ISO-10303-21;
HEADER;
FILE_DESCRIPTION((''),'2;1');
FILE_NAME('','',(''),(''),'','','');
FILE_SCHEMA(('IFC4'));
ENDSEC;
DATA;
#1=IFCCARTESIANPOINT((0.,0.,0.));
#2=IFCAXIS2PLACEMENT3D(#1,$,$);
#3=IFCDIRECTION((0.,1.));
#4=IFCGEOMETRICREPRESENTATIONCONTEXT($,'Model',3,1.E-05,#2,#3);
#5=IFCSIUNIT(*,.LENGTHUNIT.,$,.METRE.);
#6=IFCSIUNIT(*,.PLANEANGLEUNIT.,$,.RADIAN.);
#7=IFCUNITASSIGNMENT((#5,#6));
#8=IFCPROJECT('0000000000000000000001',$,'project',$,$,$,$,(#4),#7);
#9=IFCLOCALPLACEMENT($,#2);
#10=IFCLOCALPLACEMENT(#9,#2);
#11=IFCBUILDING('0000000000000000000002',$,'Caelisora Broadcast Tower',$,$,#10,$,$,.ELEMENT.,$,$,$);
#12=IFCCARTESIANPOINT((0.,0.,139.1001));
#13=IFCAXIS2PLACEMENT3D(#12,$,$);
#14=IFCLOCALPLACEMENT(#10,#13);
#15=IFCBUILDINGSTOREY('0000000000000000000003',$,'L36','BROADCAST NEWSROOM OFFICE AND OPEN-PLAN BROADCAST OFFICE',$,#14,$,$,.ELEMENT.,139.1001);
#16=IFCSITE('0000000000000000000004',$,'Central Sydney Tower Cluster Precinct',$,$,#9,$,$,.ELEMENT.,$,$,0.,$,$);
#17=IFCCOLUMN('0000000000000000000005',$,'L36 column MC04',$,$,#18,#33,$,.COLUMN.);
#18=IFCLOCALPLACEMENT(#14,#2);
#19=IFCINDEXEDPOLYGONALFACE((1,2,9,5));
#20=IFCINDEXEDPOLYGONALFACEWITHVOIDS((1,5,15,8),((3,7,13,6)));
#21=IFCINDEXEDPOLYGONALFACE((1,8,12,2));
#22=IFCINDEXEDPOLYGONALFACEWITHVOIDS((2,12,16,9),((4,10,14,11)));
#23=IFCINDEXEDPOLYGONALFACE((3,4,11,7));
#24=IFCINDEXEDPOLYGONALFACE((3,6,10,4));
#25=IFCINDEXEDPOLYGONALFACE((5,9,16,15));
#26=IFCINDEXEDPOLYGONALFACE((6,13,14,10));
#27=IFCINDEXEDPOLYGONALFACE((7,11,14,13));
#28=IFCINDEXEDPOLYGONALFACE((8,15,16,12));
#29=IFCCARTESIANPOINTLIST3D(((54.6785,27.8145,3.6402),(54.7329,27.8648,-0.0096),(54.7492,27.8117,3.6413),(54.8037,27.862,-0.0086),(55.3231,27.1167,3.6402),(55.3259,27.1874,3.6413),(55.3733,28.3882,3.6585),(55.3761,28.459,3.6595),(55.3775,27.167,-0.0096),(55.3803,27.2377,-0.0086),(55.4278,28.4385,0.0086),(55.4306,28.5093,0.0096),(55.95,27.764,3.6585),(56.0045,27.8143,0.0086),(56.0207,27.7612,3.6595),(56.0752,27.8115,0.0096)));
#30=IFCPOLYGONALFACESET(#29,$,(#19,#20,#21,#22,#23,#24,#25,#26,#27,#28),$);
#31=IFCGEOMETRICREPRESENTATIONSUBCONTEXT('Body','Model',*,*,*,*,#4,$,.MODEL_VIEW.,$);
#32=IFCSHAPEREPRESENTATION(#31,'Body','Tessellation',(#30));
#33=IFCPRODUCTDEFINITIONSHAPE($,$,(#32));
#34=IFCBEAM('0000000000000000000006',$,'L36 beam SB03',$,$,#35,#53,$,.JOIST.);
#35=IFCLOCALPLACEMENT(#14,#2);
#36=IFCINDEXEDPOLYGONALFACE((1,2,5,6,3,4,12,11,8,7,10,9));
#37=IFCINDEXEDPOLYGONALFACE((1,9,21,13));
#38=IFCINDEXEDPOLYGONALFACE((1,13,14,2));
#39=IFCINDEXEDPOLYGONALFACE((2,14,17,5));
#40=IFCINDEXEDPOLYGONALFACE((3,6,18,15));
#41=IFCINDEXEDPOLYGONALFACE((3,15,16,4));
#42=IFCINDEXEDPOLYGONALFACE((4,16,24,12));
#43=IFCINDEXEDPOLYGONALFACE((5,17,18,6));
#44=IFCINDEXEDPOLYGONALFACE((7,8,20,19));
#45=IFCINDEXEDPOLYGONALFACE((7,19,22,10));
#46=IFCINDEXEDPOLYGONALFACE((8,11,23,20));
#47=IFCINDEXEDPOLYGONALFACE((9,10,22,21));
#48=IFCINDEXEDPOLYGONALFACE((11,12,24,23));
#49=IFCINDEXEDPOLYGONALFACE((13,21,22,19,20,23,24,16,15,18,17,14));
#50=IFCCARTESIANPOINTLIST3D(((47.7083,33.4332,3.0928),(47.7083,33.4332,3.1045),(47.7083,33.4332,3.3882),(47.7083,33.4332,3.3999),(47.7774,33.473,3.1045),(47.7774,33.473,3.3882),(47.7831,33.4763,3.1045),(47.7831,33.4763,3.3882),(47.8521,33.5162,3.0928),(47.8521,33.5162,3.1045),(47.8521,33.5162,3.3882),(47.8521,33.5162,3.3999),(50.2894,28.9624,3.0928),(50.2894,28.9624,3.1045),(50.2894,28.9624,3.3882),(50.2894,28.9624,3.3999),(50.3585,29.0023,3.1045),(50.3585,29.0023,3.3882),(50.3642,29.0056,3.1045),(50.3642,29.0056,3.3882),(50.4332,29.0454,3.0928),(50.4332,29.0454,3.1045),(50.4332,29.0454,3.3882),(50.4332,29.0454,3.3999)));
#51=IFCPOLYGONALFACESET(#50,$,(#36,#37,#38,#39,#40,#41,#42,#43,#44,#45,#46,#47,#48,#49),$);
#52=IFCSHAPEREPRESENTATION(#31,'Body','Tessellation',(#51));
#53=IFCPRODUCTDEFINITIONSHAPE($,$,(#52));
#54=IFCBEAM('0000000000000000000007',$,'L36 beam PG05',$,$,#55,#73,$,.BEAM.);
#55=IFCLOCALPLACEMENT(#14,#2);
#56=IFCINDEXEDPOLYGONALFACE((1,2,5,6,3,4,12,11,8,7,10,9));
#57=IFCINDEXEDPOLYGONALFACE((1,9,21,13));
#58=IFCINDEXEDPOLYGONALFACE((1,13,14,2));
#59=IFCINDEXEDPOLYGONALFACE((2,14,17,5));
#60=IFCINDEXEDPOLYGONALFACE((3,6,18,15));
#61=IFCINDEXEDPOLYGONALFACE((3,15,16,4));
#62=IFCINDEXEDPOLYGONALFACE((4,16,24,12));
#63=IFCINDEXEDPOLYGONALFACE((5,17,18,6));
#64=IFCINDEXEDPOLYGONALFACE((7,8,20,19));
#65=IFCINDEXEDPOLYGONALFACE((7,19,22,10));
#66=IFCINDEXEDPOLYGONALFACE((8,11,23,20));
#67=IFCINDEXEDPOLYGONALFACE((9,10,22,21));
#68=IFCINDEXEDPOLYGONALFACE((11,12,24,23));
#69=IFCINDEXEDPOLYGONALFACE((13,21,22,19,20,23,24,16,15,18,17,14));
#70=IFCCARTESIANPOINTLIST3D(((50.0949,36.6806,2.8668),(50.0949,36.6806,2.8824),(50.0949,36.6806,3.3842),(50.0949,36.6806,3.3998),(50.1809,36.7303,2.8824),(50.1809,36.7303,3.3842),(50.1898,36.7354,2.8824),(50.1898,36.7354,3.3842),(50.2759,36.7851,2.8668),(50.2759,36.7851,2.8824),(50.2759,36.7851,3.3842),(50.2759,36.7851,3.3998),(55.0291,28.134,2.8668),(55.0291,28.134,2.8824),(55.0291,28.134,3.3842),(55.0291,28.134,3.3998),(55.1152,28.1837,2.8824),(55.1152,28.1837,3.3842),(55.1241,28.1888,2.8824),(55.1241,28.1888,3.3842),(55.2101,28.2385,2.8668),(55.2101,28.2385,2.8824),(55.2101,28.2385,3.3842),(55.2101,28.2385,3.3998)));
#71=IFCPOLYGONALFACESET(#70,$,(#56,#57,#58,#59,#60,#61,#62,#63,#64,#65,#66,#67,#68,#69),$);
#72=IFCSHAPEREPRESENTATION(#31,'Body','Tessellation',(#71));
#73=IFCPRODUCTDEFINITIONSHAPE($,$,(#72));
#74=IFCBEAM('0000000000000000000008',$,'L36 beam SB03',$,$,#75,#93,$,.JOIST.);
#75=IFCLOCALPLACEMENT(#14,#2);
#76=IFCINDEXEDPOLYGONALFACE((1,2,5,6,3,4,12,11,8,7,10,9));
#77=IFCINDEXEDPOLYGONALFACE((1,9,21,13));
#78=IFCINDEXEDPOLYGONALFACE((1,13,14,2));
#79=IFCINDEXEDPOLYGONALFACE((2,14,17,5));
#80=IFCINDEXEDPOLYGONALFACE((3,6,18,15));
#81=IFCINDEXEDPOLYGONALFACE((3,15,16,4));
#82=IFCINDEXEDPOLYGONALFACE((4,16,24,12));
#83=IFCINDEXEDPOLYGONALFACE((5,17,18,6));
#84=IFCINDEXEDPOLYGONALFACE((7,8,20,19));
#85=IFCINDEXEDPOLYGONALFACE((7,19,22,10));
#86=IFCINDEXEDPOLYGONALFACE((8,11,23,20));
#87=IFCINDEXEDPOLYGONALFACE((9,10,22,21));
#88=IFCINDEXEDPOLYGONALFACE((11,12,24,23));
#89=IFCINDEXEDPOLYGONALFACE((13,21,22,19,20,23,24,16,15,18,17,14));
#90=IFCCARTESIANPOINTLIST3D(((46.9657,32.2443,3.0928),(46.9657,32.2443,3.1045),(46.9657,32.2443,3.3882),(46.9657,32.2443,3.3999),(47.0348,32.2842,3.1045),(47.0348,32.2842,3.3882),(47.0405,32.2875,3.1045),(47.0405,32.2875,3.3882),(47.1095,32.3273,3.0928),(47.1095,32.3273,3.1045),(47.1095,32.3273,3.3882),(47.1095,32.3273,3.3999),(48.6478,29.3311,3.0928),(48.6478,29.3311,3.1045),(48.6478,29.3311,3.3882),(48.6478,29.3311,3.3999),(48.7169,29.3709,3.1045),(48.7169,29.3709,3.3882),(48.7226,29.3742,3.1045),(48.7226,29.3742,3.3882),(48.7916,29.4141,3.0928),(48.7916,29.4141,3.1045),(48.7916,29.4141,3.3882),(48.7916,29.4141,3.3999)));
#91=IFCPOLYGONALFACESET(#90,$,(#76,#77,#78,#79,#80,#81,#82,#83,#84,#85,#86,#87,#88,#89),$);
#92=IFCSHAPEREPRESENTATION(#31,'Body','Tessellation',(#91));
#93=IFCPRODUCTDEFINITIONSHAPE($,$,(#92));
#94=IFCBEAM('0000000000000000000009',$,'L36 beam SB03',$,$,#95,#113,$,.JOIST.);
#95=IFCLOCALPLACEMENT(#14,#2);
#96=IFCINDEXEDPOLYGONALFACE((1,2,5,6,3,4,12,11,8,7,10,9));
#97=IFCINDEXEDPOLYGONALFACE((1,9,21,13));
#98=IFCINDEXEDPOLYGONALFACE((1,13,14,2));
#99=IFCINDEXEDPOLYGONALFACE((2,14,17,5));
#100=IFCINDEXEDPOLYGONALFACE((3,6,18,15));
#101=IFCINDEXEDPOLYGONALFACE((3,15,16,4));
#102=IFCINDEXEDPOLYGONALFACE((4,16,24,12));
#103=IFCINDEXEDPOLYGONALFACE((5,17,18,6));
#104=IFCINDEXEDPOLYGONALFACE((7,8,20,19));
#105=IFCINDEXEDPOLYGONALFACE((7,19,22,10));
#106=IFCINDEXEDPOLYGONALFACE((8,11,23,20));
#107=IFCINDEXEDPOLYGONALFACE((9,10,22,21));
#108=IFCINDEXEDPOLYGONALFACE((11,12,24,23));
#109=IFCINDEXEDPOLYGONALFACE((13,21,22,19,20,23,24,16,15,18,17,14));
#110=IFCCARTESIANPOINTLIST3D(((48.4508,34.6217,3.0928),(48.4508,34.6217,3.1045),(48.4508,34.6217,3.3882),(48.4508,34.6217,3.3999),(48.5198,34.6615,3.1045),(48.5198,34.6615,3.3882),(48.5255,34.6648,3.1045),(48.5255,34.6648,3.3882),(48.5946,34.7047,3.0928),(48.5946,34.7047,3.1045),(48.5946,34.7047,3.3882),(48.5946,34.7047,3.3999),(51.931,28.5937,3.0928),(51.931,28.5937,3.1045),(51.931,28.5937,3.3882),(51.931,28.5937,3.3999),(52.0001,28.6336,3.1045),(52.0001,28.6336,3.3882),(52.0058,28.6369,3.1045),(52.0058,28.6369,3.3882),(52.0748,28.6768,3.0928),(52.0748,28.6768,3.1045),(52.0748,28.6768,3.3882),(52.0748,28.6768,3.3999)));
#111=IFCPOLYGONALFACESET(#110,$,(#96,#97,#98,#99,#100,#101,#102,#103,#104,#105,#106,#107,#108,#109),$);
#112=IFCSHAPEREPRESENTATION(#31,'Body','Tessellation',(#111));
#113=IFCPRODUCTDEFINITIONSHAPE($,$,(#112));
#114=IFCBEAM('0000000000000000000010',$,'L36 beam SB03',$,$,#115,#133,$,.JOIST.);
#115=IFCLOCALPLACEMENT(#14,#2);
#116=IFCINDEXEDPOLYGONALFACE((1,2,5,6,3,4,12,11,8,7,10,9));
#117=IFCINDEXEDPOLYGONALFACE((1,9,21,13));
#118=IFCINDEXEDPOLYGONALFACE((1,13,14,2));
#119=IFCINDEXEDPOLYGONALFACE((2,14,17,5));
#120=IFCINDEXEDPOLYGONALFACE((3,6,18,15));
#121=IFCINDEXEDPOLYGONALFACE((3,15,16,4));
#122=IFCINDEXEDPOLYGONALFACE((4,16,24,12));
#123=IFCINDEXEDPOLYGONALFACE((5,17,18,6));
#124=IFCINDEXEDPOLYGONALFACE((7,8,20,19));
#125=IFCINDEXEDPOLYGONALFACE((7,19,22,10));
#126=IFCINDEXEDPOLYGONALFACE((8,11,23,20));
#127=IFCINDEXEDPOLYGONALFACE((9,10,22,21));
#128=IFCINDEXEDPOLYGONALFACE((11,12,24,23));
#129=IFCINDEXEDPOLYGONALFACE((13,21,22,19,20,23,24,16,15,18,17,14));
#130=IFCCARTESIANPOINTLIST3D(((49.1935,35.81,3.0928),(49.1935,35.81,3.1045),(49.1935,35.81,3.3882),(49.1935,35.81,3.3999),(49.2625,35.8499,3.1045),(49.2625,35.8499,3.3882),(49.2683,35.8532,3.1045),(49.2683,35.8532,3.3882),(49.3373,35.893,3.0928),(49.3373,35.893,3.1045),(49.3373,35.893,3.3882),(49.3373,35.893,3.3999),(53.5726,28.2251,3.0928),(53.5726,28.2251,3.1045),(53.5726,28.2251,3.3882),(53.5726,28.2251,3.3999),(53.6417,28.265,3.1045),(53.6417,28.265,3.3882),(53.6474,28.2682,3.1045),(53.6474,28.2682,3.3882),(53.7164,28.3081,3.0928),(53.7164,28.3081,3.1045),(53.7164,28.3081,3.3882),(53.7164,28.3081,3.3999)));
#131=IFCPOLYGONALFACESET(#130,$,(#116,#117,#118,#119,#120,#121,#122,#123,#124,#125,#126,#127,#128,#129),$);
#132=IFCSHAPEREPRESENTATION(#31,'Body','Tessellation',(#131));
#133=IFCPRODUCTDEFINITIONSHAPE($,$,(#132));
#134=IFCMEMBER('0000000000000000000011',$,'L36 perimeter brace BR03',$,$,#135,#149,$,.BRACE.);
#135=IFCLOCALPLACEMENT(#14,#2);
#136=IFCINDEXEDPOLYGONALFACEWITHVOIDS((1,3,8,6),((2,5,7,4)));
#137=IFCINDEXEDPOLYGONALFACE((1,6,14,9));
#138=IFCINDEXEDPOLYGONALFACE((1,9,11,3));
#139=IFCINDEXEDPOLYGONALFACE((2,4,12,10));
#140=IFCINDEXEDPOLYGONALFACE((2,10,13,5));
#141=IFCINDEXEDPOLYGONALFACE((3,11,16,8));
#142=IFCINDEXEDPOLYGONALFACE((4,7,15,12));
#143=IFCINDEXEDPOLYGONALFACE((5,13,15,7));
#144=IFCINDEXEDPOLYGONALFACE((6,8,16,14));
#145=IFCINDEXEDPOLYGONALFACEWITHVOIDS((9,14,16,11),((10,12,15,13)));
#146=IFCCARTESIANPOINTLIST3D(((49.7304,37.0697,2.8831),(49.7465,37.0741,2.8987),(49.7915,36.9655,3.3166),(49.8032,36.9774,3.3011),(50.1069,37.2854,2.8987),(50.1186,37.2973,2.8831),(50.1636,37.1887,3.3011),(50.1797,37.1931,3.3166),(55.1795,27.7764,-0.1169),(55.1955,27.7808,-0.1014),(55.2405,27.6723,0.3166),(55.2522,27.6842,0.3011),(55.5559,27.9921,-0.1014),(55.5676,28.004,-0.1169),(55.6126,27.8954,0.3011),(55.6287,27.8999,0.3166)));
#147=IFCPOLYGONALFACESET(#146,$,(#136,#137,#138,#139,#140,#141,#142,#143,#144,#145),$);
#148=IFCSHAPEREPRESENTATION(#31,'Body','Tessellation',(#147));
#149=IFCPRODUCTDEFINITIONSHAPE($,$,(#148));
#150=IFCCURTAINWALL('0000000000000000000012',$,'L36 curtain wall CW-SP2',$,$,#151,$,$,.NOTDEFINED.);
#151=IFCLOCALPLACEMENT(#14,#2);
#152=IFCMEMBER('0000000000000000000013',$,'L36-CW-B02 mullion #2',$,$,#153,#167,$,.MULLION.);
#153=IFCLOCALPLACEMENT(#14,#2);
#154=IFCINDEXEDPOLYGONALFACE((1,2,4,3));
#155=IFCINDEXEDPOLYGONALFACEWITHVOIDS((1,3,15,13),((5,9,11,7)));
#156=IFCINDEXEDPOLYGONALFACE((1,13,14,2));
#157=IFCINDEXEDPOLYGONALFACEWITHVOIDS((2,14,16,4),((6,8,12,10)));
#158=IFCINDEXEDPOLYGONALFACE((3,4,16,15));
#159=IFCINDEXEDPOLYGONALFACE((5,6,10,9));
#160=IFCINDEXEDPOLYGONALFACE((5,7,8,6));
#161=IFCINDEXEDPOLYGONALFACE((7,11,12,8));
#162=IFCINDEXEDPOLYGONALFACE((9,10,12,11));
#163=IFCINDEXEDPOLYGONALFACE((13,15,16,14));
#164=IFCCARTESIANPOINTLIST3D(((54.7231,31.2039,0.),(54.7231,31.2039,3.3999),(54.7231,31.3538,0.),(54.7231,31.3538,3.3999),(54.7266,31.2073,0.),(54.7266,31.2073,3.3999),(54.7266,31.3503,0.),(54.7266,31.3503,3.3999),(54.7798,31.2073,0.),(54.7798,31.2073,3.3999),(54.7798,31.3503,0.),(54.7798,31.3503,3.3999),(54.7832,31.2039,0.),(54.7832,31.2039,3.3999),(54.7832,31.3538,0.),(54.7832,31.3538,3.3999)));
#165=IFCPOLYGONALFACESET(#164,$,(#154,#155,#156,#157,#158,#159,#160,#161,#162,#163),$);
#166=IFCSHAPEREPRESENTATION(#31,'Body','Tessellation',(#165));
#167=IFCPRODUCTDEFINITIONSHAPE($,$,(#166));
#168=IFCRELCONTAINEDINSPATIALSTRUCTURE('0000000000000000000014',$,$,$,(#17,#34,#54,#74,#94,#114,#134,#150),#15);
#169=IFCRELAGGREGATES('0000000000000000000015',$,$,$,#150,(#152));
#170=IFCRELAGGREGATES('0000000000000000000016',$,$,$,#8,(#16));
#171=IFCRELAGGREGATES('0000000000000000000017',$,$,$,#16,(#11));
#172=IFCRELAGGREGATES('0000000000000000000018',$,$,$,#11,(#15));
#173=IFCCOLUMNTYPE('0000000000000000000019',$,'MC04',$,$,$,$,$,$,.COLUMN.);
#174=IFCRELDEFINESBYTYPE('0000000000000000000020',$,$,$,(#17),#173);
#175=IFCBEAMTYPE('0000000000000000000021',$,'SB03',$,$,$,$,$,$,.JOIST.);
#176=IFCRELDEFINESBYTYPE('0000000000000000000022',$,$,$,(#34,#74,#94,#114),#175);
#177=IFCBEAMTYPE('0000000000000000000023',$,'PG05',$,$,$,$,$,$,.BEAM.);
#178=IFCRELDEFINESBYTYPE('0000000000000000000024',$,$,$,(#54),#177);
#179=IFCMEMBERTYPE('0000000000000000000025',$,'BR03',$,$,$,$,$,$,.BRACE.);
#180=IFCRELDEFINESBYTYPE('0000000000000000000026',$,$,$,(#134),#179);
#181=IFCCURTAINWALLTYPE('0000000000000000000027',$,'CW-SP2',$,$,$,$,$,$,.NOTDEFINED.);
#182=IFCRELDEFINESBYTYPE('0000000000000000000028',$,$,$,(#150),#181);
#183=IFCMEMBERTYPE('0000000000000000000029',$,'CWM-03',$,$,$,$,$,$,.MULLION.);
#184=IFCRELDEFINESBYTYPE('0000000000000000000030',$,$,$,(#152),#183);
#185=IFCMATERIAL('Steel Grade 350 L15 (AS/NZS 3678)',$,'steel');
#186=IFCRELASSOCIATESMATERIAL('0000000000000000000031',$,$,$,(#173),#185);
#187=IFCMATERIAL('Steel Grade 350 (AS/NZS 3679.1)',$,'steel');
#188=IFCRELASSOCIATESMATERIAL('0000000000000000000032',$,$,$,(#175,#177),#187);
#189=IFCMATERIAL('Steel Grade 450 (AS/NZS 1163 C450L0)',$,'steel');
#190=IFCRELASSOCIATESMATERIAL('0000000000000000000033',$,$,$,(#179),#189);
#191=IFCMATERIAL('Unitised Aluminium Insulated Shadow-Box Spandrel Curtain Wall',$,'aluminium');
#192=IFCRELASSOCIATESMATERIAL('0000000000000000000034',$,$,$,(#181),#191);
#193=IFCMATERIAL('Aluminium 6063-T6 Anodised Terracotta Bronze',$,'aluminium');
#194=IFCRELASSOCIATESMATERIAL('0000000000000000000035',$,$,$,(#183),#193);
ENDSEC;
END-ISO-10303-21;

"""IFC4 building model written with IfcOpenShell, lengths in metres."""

from ifc_helpers import new_model, si_unit, direction, frame, origin, origin_2d, place, context, subcontext, project, spatial, hollow_rectangle, i_section, extrude, source, transform, mapped, material, material_profile, profile_set, type_object, type_shapes, element, aggregate, save


model = new_model("IFC4")

# Units and contexts
model_context = context("Model", 3, precision=1e-05, world=origin(), true_north=direction((0.0, 1.0)))
body_context = subcontext(model_context, "Body", "Model", "MODEL_VIEW")
ifc_project = project(units=[si_unit("LENGTHUNIT", "METRE"), si_unit("PLANEANGLEUNIT", "RADIAN")], contexts=[model_context])

# Site, building, storey
site_placement = place(None, origin())
site = spatial("IfcSite", under=ifc_project, at=site_placement, Name="Central Sydney Tower Cluster Precinct", CompositionType="ELEMENT", RefElevation=0.0)
building_placement = place(site_placement, origin())
building = spatial("IfcBuilding", under=site, at=building_placement, Name="Caelisora Broadcast Tower", CompositionType="ELEMENT")
storey_placement = place(building_placement, frame((0.0, 0.0, 139.1001)))
storey = spatial("IfcBuildingStorey", under=building, at=storey_placement, Name="L36", Description="BROADCAST NEWSROOM OFFICE AND OPEN-PLAN BROADCAST OFFICE", CompositionType="ELEMENT", Elevation=139.1001)

# Column
ifc_material_1 = material(Name="Steel Grade 350 L15 (AS/NZS 3678)", Category="steel")
ifc_material_profile_1 = material_profile(ifc_material_1, hollow_rectangle(XDim=0.95, YDim=0.95, WallThickness=0.05, at=origin_2d()), Name="Steel Grade 350 L15 (AS/NZS 3678)")
ifc_profile_set_1 = profile_set([ifc_material_profile_1], Name="Steel Grade 350 L15 (AS/NZS 3678)")
column_type = type_object("IfcColumnType", Name="MC04", PredefinedType="COLUMN", material=ifc_profile_set_1)
shared_shape_1 = source(origin(), body_context, "Body", "SweptSolid", [
    extrude(hollow_rectangle(XDim=0.95, YDim=0.95, WallThickness=0.05, at=origin_2d()), origin(), (0.0, 0.0, 1.0), 3.6506),
])
type_shapes(column_type, [shared_shape_1])
column_placement = place(storey_placement, frame((55.4041, 27.8381, 0.0), z_axis=(-0.014913, -0.013776, 0.999794), x_axis=(0.678554, -0.734551, 0.0)))
element("IfcColumn", 1, at=column_placement, inside=storey, type_object=column_type, Name="L36 column MC04", PredefinedType="COLUMN", context=body_context, shape_type="MappedRepresentation", body=[
    mapped(shared_shape_1, transform((0.0, 0.0, 0.0), scale=1.0)),
])

# Beams
ifc_material_2 = material(Name="Steel Grade 350 (AS/NZS 3679.1)", Category="steel")
ifc_material_profile_2 = material_profile(ifc_material_2, i_section(OverallWidth=0.166, OverallDepth=0.3071, WebThickness=0.0066, FlangeThickness=0.0117, at=origin_2d()), Name="Steel Grade 350 (AS/NZS 3679.1)")
ifc_profile_set_2 = profile_set([ifc_material_profile_2], Name="Steel Grade 350 (AS/NZS 3679.1)")
beam_type_1 = type_object("IfcBeamType", Name="SB03", PredefinedType="JOIST", material=ifc_profile_set_2)
shared_shape_2 = source(origin(), body_context, "Body", "SweptSolid", [
    extrude(i_section(OverallWidth=0.166, OverallDepth=0.3071, WebThickness=0.0066, FlangeThickness=0.0117, at=origin_2d()), origin(), (0.0, 0.0, 1.0), 5.1624),
])
beam_1_placement = place(storey_placement, frame((50.3613, 29.0039, 3.2463), z_axis=(-0.499984, 0.866034, 0.0), x_axis=(-0.866034, -0.499984, 0.0)))
element("IfcBeam", 2, at=beam_1_placement, inside=storey, type_object=beam_type_1, Name="L36 beam SB03", PredefinedType="JOIST", context=body_context, shape_type="MappedRepresentation", body=[
    mapped(shared_shape_2, transform((0.0, 0.0, 0.0), scale=1.0)),
])
ifc_material_profile_3 = material_profile(ifc_material_2, i_section(OverallWidth=0.209, OverallDepth=0.533, WebThickness=0.0103, FlangeThickness=0.0156, at=origin_2d()), Name="Steel Grade 350 (AS/NZS 3679.1)")
ifc_profile_set_3 = profile_set([ifc_material_profile_3], Name="Steel Grade 350 (AS/NZS 3679.1)")
beam_type_2 = type_object("IfcBeamType", Name="PG05", PredefinedType="BEAM", material=ifc_profile_set_3)
shared_shape_3 = source(origin(), body_context, "Body", "SweptSolid", [
    extrude(i_section(OverallWidth=0.209, OverallDepth=0.533, WebThickness=0.0103, FlangeThickness=0.0156, at=origin_2d()), origin(), (0.0, 0.0, 1.0), 9.8687),
])
type_shapes(beam_type_2, [shared_shape_3])
beam_2_placement = place(storey_placement, frame((55.1196, 28.1863, 3.1333), z_axis=(-0.499994, 0.866029, 0.0), x_axis=(-0.866029, -0.499994, 0.0)))
element("IfcBeam", 3, at=beam_2_placement, inside=storey, type_object=beam_type_2, Name="L36 beam PG05", PredefinedType="BEAM", context=body_context, shape_type="MappedRepresentation", body=[
    mapped(shared_shape_3, transform((0.0, 0.0, 0.0), scale=1.0)),
])
shared_shape_4 = source(origin(), body_context, "Body", "SweptSolid", [
    extrude(i_section(OverallWidth=0.166, OverallDepth=0.3071, WebThickness=0.0066, FlangeThickness=0.0117, at=origin_2d()), origin(), (0.0, 0.0, 1.0), 3.364),
])
beam_3_placement = place(storey_placement, frame((48.7197, 29.3726, 3.2463), z_axis=(-0.500026, 0.86601, 0.0), x_axis=(-0.86601, -0.500026, 0.0)))
element("IfcBeam", 4, at=beam_3_placement, inside=storey, type_object=beam_type_1, Name="L36 beam SB03", PredefinedType="JOIST", context=body_context, shape_type="MappedRepresentation", body=[
    mapped(shared_shape_4, transform((0.0, 0.0, 0.0), scale=1.0)),
])
shared_shape_5 = source(origin(), body_context, "Body", "SweptSolid", [
    extrude(i_section(OverallWidth=0.166, OverallDepth=0.3071, WebThickness=0.0066, FlangeThickness=0.0117, at=origin_2d()), origin(), (0.0, 0.0, 1.0), 6.9604),
])
beam_4_placement = place(storey_placement, frame((52.0029, 28.6353, 3.2463), z_axis=(-0.500006, 0.866022, 0.0), x_axis=(-0.866022, -0.500006, 0.0)))
element("IfcBeam", 5, at=beam_4_placement, inside=storey, type_object=beam_type_1, Name="L36 beam SB03", PredefinedType="JOIST", context=body_context, shape_type="MappedRepresentation", body=[
    mapped(shared_shape_5, transform((0.0, 0.0, 0.0), scale=1.0)),
])
shared_shape_6 = source(origin(), body_context, "Body", "SweptSolid", [
    extrude(i_section(OverallWidth=0.166, OverallDepth=0.3071, WebThickness=0.0066, FlangeThickness=0.0117, at=origin_2d()), origin(), (0.0, 0.0, 1.0), 8.7583),
])
type_shapes(beam_type_1, [shared_shape_2, shared_shape_4, shared_shape_5, shared_shape_6])
beam_5_placement = place(storey_placement, frame((53.6445, 28.2666, 3.2463), z_axis=(-0.499998, 0.866027, 0.0), x_axis=(-0.866027, -0.499998, 0.0)))
element("IfcBeam", 6, at=beam_5_placement, inside=storey, type_object=beam_type_1, Name="L36 beam SB03", PredefinedType="JOIST", context=body_context, shape_type="MappedRepresentation", body=[
    mapped(shared_shape_6, transform((0.0, 0.0, 0.0), scale=1.0)),
])

# Member
ifc_material_3 = material(Name="Steel Grade 450 (AS/NZS 1163 C450L0)", Category="steel")
ifc_material_profile_4 = material_profile(ifc_material_3, hollow_rectangle(XDim=0.45, YDim=0.45, WallThickness=0.0161, at=origin_2d()), Name="Steel Grade 450 (AS/NZS 1163 C450L0)")
ifc_profile_set_4 = profile_set([ifc_material_profile_4], Name="Steel Grade 450 (AS/NZS 1163 C450L0)")
member_type_1 = type_object("IfcMemberType", Name="BR03", PredefinedType="BRACE", material=ifc_profile_set_4)
shared_shape_7 = source(origin(), body_context, "Body", "SweptSolid", [
    extrude(hollow_rectangle(XDim=0.45, YDim=0.45, WallThickness=0.0161, at=origin_2d()), origin(), (0.0, 0.0, 1.0), 11.1829),
])
type_shapes(member_type_1, [shared_shape_7])
member_1_placement = place(storey_placement, frame((55.4041, 27.8381, 0.0999), z_axis=(-0.487264, 0.831027, 0.268269), x_axis=(-0.862648, -0.505804, 0.0)))
element("IfcMember", 7, at=member_1_placement, inside=storey, type_object=member_type_1, Name="L36 perimeter brace BR03", PredefinedType="BRACE", context=body_context, shape_type="MappedRepresentation", body=[
    mapped(shared_shape_7, transform((0.0, 0.0, 0.0), scale=1.0)),
])

# Curtain wall, member
ifc_material_4 = material(Name="Unitised Aluminium Insulated Shadow-Box Spandrel Curtain Wall", Category="aluminium")
curtain_wall_type_1 = type_object("IfcCurtainWallType", Name="CW-SP2", PredefinedType="NOTDEFINED", material=ifc_material_4)
curtain_wall_1_placement = place(storey_placement, origin())
curtain_wall_1 = element("IfcCurtainWall", 8, at=curtain_wall_1_placement, inside=storey, type_object=curtain_wall_type_1, Name="L36 curtain wall CW-SP2", PredefinedType="NOTDEFINED")
ifc_material_5 = material(Name="Aluminium 6063-T6 Anodised Terracotta Bronze", Category="aluminium")
ifc_material_profile_5 = material_profile(ifc_material_5, hollow_rectangle(XDim=0.0601, YDim=0.1499, WallThickness=0.0034, at=origin_2d()), Name="Aluminium 6063-T6 Anodised Terracotta Bronze")
ifc_profile_set_5 = profile_set([ifc_material_profile_5], Name="Aluminium 6063-T6 Anodised Terracotta Bronze")
member_type_2 = type_object("IfcMemberType", Name="CWM-03", PredefinedType="MULLION", material=ifc_profile_set_5)
shared_shape_8 = source(origin(), body_context, "Body", "SweptSolid", [
    extrude(hollow_rectangle(XDim=0.0601, YDim=0.1499, WallThickness=0.0034, at=origin_2d()), origin(), (0.0, 0.0, 1.0), 3.3999),
])
type_shapes(member_type_2, [shared_shape_8])
member_2_placement = place(storey_placement, frame((54.7532, 31.2788, 0.0), z_axis=(0.0, 0.0, 1.0), x_axis=(1.0, 0.0, 0.0)))
member_2 = element("IfcMember", 9, at=member_2_placement, type_object=member_type_2, Name="L36-CW-B02 mullion #2", PredefinedType="MULLION", context=body_context, shape_type="MappedRepresentation", body=[
    mapped(shared_shape_8, transform((0.0, 0.0, 0.0), scale=1.0)),
])

aggregate(curtain_wall_1, [member_2])

save(model, "model.ifc")
